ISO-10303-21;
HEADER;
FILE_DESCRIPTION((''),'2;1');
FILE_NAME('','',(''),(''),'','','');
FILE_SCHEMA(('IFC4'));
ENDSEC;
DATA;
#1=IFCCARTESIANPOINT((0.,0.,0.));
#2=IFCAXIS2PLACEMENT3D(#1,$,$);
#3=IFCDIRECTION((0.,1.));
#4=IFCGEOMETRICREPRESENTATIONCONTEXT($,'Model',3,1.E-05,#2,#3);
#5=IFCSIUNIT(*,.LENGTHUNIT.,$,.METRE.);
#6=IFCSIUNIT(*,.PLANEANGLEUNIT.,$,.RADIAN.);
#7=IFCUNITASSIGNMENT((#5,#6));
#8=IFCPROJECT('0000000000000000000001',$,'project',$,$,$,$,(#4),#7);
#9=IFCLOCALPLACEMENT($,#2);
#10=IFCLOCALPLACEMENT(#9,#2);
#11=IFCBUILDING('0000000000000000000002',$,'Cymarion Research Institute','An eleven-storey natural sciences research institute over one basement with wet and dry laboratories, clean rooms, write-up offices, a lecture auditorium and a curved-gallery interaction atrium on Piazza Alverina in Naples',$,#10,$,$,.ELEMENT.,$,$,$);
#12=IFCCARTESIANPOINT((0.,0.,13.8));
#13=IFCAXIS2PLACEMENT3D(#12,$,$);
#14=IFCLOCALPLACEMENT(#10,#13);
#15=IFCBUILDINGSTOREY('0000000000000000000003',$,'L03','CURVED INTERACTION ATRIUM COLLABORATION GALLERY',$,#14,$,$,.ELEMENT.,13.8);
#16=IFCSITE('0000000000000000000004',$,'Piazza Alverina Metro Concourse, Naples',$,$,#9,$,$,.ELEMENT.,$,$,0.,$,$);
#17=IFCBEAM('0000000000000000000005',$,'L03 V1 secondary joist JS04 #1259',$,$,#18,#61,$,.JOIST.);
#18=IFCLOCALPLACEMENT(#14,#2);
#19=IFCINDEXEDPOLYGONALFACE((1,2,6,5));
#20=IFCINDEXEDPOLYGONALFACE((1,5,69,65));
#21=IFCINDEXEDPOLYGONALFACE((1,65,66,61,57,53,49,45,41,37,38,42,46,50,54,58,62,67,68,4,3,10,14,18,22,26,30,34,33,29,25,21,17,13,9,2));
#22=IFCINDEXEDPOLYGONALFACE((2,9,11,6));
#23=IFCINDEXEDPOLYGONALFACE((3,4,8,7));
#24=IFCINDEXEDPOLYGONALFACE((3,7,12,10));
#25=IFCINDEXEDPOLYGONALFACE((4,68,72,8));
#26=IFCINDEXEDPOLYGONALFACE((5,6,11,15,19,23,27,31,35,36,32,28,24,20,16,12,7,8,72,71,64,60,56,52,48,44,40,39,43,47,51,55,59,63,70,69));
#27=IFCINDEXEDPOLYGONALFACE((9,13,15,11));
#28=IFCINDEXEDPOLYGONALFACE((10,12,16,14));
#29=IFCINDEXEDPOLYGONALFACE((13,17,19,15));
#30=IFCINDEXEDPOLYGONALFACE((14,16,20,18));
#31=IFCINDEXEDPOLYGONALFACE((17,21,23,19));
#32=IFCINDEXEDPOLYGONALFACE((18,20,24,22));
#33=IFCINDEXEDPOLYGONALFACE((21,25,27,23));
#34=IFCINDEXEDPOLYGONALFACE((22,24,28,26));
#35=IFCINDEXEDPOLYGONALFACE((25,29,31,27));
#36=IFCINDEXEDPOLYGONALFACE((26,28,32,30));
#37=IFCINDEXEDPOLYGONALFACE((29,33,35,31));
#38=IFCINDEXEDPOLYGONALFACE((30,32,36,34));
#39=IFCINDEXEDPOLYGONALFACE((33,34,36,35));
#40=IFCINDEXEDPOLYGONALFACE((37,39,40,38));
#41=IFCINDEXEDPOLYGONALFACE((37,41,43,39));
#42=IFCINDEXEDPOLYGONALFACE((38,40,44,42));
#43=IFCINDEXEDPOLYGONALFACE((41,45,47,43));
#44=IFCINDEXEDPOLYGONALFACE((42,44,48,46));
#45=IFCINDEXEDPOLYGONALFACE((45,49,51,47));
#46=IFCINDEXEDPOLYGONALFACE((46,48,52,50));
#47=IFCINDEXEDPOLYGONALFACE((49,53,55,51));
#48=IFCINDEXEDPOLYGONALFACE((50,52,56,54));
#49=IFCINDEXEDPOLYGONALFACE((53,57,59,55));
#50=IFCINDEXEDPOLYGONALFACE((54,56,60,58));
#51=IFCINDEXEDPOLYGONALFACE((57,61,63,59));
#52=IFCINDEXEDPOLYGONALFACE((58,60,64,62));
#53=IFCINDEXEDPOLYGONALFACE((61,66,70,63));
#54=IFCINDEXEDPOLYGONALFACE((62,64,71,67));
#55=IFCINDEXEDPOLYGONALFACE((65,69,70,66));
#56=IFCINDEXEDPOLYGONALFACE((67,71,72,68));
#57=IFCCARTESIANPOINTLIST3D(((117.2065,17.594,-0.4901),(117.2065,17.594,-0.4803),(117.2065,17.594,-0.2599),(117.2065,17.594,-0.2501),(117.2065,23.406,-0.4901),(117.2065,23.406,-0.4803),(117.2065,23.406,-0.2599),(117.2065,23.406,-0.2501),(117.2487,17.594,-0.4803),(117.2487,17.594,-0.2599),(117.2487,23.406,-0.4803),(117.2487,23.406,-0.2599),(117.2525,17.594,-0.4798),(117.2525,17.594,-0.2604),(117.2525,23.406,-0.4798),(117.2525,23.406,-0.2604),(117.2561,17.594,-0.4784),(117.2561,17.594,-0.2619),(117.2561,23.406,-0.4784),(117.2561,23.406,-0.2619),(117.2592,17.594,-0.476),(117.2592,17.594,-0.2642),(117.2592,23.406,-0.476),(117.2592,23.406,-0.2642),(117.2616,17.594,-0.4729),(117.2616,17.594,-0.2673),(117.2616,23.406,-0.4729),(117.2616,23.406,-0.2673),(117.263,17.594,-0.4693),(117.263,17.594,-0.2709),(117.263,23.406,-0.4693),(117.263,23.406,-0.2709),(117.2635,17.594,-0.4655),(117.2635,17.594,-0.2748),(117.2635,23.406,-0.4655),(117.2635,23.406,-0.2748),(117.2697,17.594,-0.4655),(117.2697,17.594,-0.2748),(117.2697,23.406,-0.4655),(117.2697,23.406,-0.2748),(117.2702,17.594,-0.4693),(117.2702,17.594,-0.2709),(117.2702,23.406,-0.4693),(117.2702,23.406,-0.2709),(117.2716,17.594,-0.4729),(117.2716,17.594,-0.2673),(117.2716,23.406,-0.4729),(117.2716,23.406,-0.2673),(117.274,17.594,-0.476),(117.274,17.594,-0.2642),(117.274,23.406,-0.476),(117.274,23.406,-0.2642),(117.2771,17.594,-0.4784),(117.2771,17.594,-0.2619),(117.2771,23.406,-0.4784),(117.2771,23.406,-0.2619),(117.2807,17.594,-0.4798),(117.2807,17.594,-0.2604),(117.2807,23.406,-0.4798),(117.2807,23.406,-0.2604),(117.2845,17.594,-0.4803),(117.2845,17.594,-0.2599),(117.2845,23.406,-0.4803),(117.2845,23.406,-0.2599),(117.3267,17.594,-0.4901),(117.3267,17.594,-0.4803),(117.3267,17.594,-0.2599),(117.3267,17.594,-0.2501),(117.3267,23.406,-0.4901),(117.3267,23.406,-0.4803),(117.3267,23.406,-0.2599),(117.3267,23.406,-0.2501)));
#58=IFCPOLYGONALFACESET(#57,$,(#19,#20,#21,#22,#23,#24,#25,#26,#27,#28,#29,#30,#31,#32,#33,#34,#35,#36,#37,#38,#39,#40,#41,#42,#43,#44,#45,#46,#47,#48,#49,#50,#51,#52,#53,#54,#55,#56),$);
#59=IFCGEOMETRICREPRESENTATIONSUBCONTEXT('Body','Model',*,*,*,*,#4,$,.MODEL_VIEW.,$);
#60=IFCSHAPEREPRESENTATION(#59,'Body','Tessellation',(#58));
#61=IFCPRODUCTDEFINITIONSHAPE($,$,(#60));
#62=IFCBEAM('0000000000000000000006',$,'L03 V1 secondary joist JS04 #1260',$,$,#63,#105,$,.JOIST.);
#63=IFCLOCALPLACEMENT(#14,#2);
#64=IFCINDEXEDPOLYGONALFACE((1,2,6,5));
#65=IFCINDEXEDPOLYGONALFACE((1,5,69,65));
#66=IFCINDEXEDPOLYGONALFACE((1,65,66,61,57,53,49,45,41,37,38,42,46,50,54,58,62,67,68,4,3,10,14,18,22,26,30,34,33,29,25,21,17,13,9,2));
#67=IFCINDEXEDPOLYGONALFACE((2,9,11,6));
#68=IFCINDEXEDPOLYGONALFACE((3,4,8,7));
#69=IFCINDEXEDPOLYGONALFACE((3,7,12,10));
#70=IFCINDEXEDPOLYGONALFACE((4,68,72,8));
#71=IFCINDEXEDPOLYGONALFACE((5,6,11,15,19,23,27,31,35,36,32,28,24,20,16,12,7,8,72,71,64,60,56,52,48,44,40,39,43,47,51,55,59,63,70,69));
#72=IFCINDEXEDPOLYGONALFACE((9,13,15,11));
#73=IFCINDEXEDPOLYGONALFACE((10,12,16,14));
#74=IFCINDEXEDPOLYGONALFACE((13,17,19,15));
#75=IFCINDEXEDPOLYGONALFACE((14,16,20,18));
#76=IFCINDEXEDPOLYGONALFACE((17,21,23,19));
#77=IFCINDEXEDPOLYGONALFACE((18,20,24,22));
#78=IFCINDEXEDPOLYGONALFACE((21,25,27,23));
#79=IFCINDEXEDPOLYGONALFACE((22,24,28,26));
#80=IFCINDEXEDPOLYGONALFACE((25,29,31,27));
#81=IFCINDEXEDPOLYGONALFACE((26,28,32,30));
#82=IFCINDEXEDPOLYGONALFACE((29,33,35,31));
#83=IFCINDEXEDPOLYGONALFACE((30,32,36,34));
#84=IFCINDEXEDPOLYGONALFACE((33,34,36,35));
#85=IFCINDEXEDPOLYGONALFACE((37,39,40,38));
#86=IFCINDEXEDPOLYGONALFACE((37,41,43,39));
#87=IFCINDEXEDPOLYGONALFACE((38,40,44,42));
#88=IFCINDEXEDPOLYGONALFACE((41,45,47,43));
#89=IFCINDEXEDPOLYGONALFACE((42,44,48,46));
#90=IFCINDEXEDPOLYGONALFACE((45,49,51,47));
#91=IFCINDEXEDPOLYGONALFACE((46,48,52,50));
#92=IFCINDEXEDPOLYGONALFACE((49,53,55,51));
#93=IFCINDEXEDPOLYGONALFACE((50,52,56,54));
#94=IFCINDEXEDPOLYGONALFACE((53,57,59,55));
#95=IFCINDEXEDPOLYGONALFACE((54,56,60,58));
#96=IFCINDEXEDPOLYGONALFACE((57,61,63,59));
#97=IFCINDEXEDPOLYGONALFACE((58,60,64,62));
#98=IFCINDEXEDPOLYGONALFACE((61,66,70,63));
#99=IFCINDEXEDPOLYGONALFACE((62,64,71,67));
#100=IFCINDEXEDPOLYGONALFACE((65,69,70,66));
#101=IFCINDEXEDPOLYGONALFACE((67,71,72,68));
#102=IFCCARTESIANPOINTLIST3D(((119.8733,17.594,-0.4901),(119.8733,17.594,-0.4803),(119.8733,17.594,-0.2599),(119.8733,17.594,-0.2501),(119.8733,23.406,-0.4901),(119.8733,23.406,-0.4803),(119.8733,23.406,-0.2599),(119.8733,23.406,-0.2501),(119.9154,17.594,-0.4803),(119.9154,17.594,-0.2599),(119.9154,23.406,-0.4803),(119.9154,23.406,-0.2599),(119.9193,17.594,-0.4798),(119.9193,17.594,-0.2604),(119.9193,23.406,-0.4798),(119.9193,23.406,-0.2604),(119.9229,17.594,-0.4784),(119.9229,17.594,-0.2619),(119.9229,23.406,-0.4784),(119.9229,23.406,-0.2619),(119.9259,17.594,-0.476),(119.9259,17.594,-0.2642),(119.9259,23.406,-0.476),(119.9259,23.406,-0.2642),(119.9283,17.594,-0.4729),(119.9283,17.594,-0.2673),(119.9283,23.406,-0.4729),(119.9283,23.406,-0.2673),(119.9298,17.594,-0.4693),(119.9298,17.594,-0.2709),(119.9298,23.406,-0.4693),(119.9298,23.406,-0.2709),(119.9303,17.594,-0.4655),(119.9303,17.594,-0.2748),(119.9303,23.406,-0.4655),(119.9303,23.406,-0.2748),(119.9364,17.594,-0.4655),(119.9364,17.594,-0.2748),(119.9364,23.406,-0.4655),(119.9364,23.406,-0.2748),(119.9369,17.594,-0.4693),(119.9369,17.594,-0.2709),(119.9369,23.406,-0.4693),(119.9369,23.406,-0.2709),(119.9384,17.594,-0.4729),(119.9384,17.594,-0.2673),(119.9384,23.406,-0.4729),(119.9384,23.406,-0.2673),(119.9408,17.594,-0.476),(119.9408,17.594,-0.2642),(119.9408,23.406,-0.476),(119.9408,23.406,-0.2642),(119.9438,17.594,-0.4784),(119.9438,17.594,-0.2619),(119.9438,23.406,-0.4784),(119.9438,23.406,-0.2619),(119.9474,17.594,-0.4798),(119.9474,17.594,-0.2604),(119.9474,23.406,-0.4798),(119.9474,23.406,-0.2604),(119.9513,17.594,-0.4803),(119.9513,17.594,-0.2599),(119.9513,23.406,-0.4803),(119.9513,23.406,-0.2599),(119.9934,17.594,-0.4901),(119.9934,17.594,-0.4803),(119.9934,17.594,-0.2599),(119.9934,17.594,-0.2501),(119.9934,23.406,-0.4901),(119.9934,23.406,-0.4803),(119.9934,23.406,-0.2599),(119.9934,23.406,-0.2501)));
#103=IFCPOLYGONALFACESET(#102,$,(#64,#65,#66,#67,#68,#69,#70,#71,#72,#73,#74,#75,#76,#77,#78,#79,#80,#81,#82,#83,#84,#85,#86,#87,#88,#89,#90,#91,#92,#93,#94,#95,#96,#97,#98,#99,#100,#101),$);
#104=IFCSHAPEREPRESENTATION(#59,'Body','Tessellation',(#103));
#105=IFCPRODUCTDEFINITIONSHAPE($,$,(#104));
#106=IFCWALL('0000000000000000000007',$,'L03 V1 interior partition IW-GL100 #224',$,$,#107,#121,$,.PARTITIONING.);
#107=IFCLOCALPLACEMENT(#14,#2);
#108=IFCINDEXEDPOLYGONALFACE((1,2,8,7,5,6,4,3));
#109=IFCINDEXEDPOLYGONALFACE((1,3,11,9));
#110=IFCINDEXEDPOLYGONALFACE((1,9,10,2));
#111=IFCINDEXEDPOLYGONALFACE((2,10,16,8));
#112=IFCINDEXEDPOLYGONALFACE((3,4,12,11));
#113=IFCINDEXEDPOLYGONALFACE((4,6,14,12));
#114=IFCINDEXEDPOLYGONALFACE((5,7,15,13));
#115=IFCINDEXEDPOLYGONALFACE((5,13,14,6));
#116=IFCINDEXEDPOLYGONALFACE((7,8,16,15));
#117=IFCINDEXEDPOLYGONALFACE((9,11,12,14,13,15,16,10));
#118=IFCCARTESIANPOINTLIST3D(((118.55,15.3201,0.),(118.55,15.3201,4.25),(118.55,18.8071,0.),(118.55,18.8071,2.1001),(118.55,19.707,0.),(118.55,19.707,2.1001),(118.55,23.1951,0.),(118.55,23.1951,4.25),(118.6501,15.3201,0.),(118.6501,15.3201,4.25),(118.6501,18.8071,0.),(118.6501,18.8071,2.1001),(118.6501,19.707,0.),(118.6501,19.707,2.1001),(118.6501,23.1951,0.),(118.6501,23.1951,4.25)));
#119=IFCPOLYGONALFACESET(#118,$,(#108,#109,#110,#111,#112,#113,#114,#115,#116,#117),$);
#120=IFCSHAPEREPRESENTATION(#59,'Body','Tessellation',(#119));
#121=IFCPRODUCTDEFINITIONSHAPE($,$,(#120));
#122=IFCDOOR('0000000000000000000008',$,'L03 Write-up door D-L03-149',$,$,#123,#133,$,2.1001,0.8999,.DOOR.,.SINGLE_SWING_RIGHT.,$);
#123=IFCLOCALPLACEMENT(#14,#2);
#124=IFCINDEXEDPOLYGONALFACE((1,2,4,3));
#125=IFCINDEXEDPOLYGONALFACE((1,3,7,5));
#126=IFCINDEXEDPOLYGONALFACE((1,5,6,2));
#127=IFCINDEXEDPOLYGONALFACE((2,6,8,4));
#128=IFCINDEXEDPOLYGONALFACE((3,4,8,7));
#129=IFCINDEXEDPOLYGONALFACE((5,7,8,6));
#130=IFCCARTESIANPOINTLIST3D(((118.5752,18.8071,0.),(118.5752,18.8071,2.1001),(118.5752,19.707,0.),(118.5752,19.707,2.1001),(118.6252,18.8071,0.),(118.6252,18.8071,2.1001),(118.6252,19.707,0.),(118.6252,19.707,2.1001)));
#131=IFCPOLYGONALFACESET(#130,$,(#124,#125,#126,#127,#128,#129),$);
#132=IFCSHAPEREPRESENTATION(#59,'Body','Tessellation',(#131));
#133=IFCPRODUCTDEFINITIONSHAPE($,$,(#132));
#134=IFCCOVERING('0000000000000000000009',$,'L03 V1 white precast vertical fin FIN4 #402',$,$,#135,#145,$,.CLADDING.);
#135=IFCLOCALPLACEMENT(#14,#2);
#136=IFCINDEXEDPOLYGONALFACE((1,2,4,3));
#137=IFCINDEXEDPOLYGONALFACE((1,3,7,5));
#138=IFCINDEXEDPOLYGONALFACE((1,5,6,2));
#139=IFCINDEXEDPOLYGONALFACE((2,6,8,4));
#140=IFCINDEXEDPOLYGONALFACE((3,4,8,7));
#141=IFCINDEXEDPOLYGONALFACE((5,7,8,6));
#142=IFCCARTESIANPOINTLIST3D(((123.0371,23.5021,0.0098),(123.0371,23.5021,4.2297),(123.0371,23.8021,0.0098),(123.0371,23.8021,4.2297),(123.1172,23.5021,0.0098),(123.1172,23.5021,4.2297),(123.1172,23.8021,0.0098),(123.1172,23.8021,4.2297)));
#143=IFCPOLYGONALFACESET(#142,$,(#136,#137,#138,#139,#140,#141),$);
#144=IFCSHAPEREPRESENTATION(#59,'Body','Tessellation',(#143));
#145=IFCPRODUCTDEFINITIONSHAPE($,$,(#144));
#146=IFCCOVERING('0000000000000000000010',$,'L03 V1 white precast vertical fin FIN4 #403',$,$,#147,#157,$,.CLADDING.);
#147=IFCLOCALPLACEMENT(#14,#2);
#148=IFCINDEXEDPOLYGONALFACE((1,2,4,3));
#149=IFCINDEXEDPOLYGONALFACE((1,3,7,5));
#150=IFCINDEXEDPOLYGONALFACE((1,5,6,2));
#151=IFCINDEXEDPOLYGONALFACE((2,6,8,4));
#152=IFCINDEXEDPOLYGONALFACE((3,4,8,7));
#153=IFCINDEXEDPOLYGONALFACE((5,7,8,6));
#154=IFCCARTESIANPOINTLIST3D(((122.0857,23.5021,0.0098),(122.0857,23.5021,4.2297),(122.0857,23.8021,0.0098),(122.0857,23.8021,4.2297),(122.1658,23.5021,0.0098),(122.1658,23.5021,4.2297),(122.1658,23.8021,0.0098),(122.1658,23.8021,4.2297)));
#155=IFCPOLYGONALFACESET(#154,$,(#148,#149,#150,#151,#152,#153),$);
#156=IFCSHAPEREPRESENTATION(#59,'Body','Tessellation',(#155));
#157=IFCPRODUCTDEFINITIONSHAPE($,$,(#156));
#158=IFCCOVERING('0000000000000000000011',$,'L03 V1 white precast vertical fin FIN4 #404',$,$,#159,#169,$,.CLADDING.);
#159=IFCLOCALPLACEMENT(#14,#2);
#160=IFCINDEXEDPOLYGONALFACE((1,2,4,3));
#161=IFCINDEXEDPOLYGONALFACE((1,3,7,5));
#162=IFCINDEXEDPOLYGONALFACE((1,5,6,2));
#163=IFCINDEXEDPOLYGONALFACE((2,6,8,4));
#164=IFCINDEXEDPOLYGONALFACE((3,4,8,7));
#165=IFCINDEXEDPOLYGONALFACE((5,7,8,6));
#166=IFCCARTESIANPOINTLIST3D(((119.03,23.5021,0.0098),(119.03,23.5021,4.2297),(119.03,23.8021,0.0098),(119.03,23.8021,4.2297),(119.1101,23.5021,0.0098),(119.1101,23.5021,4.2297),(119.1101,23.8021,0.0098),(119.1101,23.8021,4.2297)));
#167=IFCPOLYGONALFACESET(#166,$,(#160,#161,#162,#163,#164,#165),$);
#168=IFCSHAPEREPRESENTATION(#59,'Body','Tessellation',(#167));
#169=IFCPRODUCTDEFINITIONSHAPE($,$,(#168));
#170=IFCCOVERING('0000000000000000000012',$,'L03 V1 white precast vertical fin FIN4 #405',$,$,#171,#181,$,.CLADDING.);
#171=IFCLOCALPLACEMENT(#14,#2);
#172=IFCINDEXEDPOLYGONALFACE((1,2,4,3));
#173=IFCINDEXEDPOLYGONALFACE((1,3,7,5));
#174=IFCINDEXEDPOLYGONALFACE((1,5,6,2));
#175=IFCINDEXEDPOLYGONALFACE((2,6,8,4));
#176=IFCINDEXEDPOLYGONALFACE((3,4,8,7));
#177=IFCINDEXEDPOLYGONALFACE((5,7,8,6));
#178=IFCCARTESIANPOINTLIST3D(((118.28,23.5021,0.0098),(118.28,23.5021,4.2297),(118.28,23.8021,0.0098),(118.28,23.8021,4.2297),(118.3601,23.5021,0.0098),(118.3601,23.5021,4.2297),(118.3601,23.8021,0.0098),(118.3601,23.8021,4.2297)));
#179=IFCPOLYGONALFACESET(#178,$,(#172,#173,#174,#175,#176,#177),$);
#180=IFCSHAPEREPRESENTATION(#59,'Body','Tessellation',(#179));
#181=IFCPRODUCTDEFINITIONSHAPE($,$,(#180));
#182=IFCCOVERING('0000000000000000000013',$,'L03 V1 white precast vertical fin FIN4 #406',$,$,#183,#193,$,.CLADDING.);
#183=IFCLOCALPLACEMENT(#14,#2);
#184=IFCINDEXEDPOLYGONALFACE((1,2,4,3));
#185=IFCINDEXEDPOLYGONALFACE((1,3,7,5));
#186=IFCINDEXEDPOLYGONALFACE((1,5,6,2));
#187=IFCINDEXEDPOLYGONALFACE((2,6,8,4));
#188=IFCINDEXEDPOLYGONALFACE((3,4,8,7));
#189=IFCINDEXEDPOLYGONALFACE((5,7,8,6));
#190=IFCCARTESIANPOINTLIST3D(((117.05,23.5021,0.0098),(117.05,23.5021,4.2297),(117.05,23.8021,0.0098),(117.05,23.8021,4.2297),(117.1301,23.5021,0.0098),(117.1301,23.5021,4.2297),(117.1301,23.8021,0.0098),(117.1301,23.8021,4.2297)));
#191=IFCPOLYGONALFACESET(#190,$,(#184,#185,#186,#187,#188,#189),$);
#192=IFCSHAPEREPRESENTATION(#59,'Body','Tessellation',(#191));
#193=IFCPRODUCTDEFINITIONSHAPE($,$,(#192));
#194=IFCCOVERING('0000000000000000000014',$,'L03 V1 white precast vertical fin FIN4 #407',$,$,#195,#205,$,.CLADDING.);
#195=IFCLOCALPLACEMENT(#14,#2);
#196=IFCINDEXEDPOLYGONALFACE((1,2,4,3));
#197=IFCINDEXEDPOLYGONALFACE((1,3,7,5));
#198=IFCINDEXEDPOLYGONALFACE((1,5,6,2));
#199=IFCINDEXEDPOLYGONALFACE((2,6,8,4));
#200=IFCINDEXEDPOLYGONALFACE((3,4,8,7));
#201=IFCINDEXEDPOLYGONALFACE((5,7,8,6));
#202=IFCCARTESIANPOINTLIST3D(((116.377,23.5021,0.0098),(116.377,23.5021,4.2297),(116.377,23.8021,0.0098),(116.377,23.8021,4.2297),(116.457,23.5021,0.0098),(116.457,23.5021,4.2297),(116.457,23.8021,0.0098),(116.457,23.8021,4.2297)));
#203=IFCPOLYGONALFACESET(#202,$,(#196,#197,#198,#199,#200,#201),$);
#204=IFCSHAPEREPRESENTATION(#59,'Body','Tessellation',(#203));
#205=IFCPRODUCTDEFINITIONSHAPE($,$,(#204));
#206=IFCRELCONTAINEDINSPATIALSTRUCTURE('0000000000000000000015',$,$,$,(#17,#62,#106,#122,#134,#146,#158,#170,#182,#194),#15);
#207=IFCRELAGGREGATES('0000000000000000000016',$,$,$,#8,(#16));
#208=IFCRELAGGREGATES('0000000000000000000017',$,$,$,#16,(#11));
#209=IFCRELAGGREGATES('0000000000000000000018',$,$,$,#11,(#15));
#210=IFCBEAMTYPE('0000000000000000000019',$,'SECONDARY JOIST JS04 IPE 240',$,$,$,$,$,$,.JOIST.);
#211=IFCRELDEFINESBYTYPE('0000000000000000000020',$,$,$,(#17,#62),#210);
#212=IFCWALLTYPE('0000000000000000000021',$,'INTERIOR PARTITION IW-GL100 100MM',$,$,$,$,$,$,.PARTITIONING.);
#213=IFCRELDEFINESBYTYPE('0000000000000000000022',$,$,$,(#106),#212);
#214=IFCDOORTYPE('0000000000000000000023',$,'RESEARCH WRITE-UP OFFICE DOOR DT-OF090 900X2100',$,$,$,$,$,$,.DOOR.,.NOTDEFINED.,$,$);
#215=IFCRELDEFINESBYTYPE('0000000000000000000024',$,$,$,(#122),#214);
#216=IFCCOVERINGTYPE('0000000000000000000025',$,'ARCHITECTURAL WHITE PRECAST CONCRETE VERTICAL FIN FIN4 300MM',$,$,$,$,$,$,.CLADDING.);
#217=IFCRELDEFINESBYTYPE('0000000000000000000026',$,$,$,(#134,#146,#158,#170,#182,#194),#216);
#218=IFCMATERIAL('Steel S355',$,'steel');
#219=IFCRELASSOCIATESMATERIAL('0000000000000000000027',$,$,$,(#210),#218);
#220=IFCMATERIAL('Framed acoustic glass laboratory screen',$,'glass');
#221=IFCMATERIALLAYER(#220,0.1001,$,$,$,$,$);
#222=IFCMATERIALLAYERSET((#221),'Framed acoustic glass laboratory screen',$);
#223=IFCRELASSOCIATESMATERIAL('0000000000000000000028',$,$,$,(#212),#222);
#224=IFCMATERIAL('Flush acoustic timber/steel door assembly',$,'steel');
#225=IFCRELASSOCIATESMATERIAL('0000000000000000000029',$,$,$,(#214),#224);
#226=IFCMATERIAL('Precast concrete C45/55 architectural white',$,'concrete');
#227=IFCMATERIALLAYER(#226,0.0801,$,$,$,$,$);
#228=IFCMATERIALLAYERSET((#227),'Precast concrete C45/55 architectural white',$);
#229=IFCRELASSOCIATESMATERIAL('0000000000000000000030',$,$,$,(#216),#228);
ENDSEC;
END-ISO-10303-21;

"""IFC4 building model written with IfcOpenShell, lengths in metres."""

from ifc_helpers import new_model, si_unit, direction, frame, frame_2d, origin, origin_2d, place, context, subcontext, project, spatial, rectangle, i_section, extrude, material, layer, layer_set, material_profile, profile_set, type_object, element, fill, save


model = new_model("IFC4")

# Units and contexts
model_context = context("Model", 3, precision=1e-05, world=origin(), true_north=direction((0.0, 1.0)))
body_context = subcontext(model_context, "Body", "Model", "MODEL_VIEW")
ifc_project = project(units=[si_unit("LENGTHUNIT", "METRE"), si_unit("PLANEANGLEUNIT", "RADIAN")], contexts=[model_context])

# Site, building, storey
site_placement = place(None, origin())
site = spatial("IfcSite", under=ifc_project, at=site_placement, Name="Piazza Alverina Metro Concourse, Naples", CompositionType="ELEMENT", RefElevation=0.0)
building_placement = place(site_placement, origin())
building = spatial("IfcBuilding", under=site, at=building_placement, Name="Cymarion Research Institute", Description="An eleven-storey natural sciences research institute over one basement with wet and dry laboratories, clean rooms, write-up offices, a lecture auditorium and a curved-gallery interaction atrium on Piazza Alverina in Naples", CompositionType="ELEMENT")
storey_placement = place(building_placement, frame((0.0, 0.0, 13.8)))
storey = spatial("IfcBuildingStorey", under=building, at=storey_placement, Name="L03", Description="CURVED INTERACTION ATRIUM COLLABORATION GALLERY", CompositionType="ELEMENT", Elevation=13.8)

# Shared definitions
ifc_material_1 = material(Name="Steel S355", Category="steel")

# Beams
ifc_material_profile_1 = material_profile(ifc_material_1, i_section(OverallWidth=0.1201, OverallDepth=0.24, WebThickness=0.0061, FlangeThickness=0.0098, FilletRadius=0.0149, at=origin_2d()), Name="IPE 240")
ifc_profile_set_1 = profile_set([ifc_material_profile_1], Name="Steel S355")
beam_type_1 = type_object("IfcBeamType", Name="SECONDARY JOIST JS04 IPE 240", PredefinedType="JOIST", material=ifc_profile_set_1)
for number, where, z_axis, x_axis, name in (
    (1, (117.2666, 17.594, -0.3701), (0.0, 1.0, 0.0), (-1.0, 0.0, 0.0), "L03 V1 secondary joist JS04 #1259"),
    (2, (119.9333, 17.594, -0.3701), (0.0, 1.0, 0.0), (-1.0, 0.0, 0.0), "L03 V1 secondary joist JS04 #1260"),
):
    element("IfcBeam", number, at=place(storey_placement, frame(where, z_axis=z_axis, x_axis=x_axis)), inside=storey, type_object=beam_type_1, Name=name, PredefinedType="JOIST", context=body_context, shape_type="SweptSolid", body=[
        extrude(i_section(OverallWidth=0.1201, OverallDepth=0.24, WebThickness=0.0061, FlangeThickness=0.0098, FilletRadius=0.0149, at=origin_2d()), origin(), (0.0, 0.0, 1.0), 5.812),
    ])

# Wall, opening, door
ifc_material_2 = material(Name="Framed acoustic glass laboratory screen", Category="glass")
ifc_layer_1 = layer(ifc_material_2, 0.1001)
ifc_layer_set_1 = layer_set([ifc_layer_1], Name="Framed acoustic glass laboratory screen")
wall_type = type_object("IfcWallType", Name="INTERIOR PARTITION IW-GL100 100MM", PredefinedType="PARTITIONING", material=ifc_layer_set_1)
wall_placement = place(storey_placement, frame((118.6001, 15.3201, 0.0), z_axis=(0.0, 0.0, 1.0), x_axis=(0.0, 1.0, 0.0)))
wall = element("IfcWall", 3, at=wall_placement, inside=storey, type_object=wall_type, Name="L03 V1 interior partition IW-GL100 #224", PredefinedType="PARTITIONING", context=body_context, shape_type="SweptSolid", body=[
    extrude(rectangle(XDim=7.875, YDim=0.1001, at=frame_2d((3.9375, 0.0))), origin(), (0.0, 0.0, 1.0), 4.25),
])
opening_placement = place(wall_placement, frame((3.4871, 0.0, 0.0)))
opening = element("IfcOpeningElement", 4, at=opening_placement, cuts=wall, PredefinedType="OPENING", context=body_context, shape_type="SweptSolid", body=[
    extrude(rectangle(XDim=0.8999, YDim=2.1001, at=frame_2d((0.45, 1.05))), frame((0.0, 0.0601, 0.0), z_axis=(0.0, -1.0, 0.0), x_axis=(1.0, 0.0, 0.0)), (0.0, 0.0, 1.0), 0.1201),
])
ifc_material_3 = material(Name="Flush acoustic timber/steel door assembly", Category="steel")
door_type = type_object("IfcDoorType", Name="RESEARCH WRITE-UP OFFICE DOOR DT-OF090 900X2100", OperationType="NOTDEFINED", PredefinedType="DOOR", material=ifc_material_3)
door_placement = place(opening_placement, origin())
door = element("IfcDoor", 5, at=door_placement, inside=storey, type_object=door_type, Name="L03 Write-up door D-L03-149", OperationType="SINGLE_SWING_RIGHT", OverallHeight=2.1001, OverallWidth=0.8999, PredefinedType="DOOR", context=body_context, shape_type="SweptSolid", body=[
    extrude(rectangle(XDim=0.8999, YDim=2.1001, at=frame_2d((0.45, 1.05))), frame((0.0, 0.0249, 0.0), z_axis=(0.0, -1.0, 0.0), x_axis=(1.0, 0.0, 0.0)), (0.0, 0.0, 1.0), 0.05),
])
fill(opening, door)

# Coverings
ifc_material_4 = material(Name="Precast concrete C45/55 architectural white", Category="concrete")
ifc_layer_2 = layer(ifc_material_4, 0.0801)
ifc_layer_set_2 = layer_set([ifc_layer_2], Name="Precast concrete C45/55 architectural white")
covering_type = type_object("IfcCoveringType", Name="ARCHITECTURAL WHITE PRECAST CONCRETE VERTICAL FIN FIN4 300MM", PredefinedType="CLADDING", material=ifc_layer_set_2)
for number, where, z_axis, x_axis, name in (
    (6, (123.0771, 23.6521, 0.0098), (0.0, 0.0, 1.0), (0.0, 1.0, 0.0), "L03 V1 white precast vertical fin FIN4 #402"),
    (7, (122.1257, 23.6521, 0.0098), (0.0, 0.0, 1.0), (0.0, 1.0, 0.0), "L03 V1 white precast vertical fin FIN4 #403"),
    (8, (119.0701, 23.6521, 0.0098), (0.0, 0.0, 1.0), (0.0, 1.0, 0.0), "L03 V1 white precast vertical fin FIN4 #404"),
    (9, (118.3201, 23.6521, 0.0098), (0.0, 0.0, 1.0), (0.0, 1.0, 0.0), "L03 V1 white precast vertical fin FIN4 #405"),
    (10, (117.0901, 23.6521, 0.0098), (0.0, 0.0, 1.0), (0.0, 1.0, 0.0), "L03 V1 white precast vertical fin FIN4 #406"),
    (11, (116.417, 23.6521, 0.0098), (0.0, 0.0, 1.0), (0.0, 1.0, 0.0), "L03 V1 white precast vertical fin FIN4 #407"),
):
    element("IfcCovering", number, at=place(storey_placement, frame(where, z_axis=z_axis, x_axis=x_axis)), inside=storey, type_object=covering_type, Name=name, PredefinedType="CLADDING", context=body_context, shape_type="SweptSolid", body=[
        extrude(rectangle(XDim=0.3, YDim=0.0801, at=origin_2d()), origin(), (0.0, 0.0, 1.0), 4.22),
    ])

save(model, "model.ifc")
